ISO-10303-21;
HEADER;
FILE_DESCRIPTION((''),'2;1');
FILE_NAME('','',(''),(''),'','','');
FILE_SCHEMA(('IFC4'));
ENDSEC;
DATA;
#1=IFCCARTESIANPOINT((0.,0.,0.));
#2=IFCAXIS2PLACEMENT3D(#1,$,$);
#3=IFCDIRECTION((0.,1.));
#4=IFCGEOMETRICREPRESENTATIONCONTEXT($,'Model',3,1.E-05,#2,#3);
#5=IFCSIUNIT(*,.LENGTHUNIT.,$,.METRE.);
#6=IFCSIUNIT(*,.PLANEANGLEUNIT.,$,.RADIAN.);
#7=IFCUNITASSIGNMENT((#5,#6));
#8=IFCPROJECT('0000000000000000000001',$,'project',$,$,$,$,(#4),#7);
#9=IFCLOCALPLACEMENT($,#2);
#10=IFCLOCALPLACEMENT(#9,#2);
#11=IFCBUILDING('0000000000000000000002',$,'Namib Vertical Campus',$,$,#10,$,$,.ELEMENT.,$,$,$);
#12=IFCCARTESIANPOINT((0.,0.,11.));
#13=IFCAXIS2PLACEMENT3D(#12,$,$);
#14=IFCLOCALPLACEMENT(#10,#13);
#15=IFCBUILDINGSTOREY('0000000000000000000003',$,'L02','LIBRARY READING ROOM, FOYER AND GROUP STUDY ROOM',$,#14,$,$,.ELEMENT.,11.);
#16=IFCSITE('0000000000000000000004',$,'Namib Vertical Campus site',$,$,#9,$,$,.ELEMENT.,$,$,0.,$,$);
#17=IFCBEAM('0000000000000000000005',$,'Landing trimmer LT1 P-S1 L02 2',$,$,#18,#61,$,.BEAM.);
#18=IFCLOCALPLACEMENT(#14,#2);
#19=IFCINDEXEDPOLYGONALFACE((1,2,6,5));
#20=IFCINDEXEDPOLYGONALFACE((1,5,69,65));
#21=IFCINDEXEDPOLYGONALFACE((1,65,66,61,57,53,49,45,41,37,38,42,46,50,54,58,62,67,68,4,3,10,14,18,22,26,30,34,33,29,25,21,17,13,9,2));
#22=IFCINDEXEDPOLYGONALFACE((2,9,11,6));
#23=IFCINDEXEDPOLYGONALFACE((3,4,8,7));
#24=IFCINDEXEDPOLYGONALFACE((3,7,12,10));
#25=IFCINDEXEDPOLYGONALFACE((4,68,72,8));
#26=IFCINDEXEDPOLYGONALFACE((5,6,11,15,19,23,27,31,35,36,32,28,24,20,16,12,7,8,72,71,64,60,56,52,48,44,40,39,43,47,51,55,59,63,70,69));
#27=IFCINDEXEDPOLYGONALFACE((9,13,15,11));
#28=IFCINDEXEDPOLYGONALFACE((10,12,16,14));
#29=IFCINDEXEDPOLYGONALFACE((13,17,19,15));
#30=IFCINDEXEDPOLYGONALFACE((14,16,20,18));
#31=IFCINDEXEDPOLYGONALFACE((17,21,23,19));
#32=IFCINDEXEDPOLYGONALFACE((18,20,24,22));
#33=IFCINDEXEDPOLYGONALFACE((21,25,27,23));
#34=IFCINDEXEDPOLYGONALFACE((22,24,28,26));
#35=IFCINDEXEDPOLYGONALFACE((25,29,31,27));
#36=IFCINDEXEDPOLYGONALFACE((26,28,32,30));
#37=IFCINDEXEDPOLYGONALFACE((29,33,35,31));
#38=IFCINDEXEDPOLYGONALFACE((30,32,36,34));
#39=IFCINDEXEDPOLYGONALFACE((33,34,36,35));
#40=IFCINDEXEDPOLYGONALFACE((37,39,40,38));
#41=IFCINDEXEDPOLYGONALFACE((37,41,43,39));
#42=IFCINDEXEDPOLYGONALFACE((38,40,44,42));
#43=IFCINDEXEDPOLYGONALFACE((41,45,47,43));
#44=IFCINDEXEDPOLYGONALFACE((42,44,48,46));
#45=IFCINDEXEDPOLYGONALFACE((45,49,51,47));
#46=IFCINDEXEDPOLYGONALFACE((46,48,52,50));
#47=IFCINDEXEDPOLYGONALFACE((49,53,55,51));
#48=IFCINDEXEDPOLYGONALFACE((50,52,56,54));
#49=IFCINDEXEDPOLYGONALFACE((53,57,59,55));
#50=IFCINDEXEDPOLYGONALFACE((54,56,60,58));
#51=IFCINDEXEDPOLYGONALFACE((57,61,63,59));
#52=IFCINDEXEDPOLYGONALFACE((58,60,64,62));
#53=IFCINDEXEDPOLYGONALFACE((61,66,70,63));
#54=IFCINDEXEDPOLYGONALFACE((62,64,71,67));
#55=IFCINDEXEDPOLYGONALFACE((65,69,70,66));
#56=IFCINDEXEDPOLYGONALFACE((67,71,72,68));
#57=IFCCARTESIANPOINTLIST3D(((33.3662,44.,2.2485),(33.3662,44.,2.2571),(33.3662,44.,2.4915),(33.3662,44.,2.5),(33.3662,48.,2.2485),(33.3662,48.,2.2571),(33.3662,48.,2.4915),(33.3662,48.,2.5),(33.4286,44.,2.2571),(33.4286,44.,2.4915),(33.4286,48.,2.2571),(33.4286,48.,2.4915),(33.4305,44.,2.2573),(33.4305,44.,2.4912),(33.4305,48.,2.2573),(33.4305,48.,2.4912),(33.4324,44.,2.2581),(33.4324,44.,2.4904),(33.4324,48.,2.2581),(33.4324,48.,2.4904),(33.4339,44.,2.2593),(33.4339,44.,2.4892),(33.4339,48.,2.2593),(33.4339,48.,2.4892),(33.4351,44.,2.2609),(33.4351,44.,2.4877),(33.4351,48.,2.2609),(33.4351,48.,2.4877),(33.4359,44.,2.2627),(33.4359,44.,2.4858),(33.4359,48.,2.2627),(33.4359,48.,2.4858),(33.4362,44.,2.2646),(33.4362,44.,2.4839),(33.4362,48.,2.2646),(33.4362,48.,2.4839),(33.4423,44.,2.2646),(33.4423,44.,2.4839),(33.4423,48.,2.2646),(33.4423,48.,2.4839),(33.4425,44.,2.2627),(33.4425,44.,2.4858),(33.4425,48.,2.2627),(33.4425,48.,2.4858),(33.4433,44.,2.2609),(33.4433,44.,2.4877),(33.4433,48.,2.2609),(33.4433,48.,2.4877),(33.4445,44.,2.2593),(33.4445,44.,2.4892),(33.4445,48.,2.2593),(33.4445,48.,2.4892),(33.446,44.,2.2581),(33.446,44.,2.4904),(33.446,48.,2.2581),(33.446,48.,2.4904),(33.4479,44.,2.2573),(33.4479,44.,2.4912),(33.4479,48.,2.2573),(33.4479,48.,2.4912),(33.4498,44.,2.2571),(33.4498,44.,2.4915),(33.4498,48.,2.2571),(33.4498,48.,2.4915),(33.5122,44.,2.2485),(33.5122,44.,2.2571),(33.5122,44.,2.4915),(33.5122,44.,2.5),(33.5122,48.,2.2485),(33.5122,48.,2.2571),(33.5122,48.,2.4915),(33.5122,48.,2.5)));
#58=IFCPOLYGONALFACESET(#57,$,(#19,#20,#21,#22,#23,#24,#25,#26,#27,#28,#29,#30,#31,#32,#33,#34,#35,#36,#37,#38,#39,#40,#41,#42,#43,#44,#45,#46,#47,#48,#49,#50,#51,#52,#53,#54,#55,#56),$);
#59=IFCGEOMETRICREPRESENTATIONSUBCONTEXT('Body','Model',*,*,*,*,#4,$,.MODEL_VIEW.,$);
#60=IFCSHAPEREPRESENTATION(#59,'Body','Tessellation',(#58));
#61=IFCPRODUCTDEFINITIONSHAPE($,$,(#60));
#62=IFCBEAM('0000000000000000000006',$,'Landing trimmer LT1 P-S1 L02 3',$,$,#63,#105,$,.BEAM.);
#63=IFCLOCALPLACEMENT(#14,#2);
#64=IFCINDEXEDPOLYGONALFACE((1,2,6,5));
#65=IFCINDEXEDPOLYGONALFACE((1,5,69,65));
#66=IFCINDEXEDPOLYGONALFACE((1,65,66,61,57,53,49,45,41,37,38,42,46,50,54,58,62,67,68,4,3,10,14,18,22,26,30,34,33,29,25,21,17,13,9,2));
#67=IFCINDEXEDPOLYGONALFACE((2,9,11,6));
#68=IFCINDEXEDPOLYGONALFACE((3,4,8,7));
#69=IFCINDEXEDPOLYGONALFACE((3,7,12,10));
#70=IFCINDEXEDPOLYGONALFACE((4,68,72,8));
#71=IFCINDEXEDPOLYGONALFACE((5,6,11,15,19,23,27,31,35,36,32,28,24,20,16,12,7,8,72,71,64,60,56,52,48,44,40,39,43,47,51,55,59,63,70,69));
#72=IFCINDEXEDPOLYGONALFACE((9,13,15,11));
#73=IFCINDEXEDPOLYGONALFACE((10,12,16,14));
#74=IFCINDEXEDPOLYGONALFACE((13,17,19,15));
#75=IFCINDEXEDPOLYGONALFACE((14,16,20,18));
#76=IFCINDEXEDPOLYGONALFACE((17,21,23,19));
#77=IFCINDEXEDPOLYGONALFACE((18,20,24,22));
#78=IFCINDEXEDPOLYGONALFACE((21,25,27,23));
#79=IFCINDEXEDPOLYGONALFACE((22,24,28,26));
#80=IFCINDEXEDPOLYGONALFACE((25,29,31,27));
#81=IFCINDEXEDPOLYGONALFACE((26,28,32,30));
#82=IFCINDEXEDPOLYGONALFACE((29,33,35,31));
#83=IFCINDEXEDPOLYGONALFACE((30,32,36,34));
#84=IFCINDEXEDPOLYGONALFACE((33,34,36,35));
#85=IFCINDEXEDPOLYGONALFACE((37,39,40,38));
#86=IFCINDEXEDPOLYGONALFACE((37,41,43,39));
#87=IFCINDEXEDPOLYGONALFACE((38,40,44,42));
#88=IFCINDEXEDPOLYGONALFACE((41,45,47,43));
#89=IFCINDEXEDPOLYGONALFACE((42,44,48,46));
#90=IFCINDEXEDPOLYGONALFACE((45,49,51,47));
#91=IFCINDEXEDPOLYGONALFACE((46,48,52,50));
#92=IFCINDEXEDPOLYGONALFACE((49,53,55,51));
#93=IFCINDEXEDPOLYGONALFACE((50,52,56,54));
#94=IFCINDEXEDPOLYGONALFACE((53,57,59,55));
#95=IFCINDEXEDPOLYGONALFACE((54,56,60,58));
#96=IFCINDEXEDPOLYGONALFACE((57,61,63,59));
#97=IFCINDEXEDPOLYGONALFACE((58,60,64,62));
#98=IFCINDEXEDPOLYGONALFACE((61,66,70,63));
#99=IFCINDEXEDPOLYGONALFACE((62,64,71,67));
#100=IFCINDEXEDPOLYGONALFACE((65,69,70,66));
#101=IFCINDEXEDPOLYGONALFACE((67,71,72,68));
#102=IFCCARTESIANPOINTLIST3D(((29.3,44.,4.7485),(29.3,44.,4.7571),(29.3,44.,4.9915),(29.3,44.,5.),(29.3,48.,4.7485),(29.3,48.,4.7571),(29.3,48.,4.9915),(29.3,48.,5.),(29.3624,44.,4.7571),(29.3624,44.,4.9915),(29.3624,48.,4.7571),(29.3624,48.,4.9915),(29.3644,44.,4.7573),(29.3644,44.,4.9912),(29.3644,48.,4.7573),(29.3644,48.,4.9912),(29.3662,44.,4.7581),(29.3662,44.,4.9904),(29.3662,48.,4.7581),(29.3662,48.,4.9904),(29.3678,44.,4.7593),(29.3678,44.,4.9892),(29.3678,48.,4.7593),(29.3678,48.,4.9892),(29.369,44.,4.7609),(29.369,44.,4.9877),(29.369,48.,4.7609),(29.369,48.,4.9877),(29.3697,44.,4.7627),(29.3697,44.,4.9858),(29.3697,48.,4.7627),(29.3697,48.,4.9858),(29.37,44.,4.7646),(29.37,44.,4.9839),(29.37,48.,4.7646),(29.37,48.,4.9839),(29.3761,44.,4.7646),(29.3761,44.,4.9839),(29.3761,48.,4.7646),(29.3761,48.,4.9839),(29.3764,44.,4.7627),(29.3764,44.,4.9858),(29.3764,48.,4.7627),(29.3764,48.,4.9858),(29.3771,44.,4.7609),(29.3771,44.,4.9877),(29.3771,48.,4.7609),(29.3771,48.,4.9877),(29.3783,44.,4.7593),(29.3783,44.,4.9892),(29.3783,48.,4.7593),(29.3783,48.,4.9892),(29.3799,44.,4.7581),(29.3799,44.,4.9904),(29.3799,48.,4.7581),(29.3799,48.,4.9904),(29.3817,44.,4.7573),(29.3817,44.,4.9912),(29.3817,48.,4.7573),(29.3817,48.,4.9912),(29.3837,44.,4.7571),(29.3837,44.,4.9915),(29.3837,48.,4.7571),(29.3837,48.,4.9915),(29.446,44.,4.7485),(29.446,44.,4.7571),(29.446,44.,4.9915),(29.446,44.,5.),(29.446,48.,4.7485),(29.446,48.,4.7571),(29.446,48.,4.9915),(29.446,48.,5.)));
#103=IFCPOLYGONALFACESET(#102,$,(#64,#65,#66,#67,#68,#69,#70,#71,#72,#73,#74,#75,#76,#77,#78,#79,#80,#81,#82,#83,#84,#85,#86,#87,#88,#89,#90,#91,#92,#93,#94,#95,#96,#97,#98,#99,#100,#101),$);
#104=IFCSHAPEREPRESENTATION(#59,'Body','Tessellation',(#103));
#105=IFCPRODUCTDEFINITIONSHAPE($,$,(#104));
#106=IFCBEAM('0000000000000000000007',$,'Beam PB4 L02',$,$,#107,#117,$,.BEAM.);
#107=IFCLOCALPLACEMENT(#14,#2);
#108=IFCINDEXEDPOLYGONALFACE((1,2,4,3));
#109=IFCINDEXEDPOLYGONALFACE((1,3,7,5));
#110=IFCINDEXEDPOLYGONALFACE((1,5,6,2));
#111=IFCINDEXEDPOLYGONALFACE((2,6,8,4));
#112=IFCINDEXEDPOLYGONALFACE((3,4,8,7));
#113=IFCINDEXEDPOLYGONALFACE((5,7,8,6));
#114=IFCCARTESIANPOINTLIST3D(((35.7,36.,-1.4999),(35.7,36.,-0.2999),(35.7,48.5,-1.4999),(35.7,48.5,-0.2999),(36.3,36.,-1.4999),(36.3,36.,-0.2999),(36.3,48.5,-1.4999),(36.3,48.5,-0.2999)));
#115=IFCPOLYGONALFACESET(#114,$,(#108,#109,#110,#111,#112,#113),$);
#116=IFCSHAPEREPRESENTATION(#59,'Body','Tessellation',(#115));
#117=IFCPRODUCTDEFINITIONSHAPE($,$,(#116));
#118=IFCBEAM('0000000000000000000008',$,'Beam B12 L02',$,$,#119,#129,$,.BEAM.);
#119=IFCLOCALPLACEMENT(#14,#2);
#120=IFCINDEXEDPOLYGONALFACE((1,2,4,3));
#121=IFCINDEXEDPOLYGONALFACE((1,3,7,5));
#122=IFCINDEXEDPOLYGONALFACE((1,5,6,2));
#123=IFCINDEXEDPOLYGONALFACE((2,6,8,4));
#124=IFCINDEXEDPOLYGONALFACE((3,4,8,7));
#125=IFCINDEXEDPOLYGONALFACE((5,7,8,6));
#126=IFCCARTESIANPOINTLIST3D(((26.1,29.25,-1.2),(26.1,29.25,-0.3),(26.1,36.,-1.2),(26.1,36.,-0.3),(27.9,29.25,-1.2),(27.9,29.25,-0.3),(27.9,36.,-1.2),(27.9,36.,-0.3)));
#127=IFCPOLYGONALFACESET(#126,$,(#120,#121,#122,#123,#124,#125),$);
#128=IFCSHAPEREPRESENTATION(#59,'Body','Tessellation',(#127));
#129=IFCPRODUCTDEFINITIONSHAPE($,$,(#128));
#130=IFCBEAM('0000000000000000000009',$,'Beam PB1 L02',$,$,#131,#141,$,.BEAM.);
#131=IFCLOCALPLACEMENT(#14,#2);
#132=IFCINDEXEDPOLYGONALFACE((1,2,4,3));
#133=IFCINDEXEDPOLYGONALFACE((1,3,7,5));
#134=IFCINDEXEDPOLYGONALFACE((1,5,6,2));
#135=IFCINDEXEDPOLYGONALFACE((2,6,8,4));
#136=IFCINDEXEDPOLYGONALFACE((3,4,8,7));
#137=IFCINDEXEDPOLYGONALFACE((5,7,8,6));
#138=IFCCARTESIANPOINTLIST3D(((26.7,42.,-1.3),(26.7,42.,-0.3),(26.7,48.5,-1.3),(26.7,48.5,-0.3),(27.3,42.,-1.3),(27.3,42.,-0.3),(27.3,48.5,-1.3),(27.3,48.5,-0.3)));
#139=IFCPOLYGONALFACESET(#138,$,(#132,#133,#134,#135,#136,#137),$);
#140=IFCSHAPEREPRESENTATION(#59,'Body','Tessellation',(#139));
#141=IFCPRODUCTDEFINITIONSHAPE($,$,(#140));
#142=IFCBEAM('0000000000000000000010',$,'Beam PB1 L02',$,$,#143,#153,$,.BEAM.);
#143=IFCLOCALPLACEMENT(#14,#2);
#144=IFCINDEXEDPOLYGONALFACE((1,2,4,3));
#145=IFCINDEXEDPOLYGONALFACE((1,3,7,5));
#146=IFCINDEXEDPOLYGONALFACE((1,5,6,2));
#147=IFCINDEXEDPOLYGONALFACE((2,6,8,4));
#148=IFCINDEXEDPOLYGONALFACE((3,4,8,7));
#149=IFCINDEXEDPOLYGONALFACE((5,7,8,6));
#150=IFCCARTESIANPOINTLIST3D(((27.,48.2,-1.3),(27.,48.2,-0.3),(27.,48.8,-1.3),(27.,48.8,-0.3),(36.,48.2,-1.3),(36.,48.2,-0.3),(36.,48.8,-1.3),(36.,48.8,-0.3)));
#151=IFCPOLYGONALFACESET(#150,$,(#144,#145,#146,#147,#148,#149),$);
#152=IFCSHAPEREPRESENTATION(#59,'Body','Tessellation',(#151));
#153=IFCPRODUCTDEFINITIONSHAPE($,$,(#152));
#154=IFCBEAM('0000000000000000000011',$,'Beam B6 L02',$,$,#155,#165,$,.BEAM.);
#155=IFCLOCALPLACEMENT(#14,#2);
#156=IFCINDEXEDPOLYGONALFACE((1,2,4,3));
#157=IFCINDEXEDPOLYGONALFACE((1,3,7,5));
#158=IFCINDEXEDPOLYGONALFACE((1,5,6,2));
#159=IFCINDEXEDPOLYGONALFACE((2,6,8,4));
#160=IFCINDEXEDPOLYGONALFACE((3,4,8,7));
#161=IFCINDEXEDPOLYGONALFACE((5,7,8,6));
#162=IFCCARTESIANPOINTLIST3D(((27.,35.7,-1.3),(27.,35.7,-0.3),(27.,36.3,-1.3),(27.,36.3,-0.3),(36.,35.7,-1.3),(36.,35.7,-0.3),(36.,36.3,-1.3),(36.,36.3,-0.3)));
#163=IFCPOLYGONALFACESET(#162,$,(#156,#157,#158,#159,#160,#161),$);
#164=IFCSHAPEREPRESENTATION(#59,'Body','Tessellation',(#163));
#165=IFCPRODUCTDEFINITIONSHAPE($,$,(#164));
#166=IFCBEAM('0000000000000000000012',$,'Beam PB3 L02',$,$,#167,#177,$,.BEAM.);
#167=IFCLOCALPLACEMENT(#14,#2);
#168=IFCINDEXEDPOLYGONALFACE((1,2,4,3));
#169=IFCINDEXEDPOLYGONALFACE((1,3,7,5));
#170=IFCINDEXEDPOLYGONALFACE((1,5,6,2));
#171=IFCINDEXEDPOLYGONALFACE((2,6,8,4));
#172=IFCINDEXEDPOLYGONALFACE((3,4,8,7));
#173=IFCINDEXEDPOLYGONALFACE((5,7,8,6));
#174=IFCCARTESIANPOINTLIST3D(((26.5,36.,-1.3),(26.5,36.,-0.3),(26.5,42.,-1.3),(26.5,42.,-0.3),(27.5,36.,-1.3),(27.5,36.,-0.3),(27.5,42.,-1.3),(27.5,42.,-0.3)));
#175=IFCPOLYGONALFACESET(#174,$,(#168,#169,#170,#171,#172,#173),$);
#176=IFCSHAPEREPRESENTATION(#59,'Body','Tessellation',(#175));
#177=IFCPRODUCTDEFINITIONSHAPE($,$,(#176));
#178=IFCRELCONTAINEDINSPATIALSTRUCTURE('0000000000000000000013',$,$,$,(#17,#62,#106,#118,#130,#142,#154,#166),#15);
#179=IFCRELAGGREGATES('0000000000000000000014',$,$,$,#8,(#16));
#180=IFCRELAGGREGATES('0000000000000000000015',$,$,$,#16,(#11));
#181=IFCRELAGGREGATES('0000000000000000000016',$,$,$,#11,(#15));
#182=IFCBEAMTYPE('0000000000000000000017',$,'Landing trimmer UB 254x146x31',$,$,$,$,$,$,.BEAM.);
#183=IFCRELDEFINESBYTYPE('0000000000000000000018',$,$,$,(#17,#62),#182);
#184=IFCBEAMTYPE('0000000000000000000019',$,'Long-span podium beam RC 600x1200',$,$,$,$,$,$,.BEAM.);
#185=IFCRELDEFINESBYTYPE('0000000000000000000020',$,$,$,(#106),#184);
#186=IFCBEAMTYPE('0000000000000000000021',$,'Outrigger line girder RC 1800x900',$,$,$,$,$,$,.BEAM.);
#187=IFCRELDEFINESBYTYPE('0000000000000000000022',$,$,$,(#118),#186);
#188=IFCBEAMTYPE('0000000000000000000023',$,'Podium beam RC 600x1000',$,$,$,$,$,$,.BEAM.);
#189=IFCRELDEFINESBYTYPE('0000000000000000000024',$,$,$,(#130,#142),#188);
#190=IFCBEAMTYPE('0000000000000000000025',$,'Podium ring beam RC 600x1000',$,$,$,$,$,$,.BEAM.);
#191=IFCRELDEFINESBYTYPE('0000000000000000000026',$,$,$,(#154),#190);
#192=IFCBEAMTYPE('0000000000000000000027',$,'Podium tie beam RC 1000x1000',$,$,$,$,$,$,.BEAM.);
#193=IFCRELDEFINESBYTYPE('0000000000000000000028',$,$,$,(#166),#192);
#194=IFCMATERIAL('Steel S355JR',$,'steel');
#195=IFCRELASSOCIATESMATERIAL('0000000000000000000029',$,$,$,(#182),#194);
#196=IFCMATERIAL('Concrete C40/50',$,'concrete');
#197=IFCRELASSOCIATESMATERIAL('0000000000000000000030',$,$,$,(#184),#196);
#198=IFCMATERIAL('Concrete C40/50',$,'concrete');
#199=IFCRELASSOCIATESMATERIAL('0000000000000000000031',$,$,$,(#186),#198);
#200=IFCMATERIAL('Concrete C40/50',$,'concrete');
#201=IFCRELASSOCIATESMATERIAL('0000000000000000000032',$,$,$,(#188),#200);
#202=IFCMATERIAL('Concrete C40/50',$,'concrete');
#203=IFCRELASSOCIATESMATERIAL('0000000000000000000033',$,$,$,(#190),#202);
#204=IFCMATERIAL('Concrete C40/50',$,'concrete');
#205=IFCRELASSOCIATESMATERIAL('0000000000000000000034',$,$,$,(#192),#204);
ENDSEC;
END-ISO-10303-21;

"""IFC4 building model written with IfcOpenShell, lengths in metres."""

from ifc_helpers import new_model, si_unit, direction, frame, origin, origin_2d, place, context, subcontext, project, spatial, rectangle, i_section, extrude, material, material_profile, profile_set, type_object, element, save


model = new_model("IFC4")

# Units and contexts
model_context = context("Model", 3, precision=1e-05, world=origin(), true_north=direction((0.0, 1.0)))
body_context = subcontext(model_context, "Body", "Model", "MODEL_VIEW")
ifc_project = project(units=[si_unit("LENGTHUNIT", "METRE"), si_unit("PLANEANGLEUNIT", "RADIAN")], contexts=[model_context])

# Site, building, storey
site_placement = place(None, origin())
site = spatial("IfcSite", under=ifc_project, at=site_placement, Name="Namib Vertical Campus site", CompositionType="ELEMENT", RefElevation=0.0)
building_placement = place(site_placement, origin())
building = spatial("IfcBuilding", under=site, at=building_placement, Name="Namib Vertical Campus", CompositionType="ELEMENT")
storey_placement = place(building_placement, frame((0.0, 0.0, 11.0)))
storey = spatial("IfcBuildingStorey", under=building, at=storey_placement, Name="L02", Description="LIBRARY READING ROOM, FOYER AND GROUP STUDY ROOM", CompositionType="ELEMENT", Elevation=11.0)

# Beams
ifc_material_1 = material(Name="Steel S355JR", Category="steel")
ifc_material_profile_1 = material_profile(ifc_material_1, i_section(OverallWidth=0.146, OverallDepth=0.2515, WebThickness=0.0061, FlangeThickness=0.0085, FilletRadius=0.0076, at=origin_2d()))
ifc_profile_set_1 = profile_set([ifc_material_profile_1], Name="Steel S355JR")
beam_type_1 = type_object("IfcBeamType", Name="Landing trimmer UB 254x146x31", PredefinedType="BEAM", material=ifc_profile_set_1)
for number, where, z_axis, x_axis, name in (
    (1, (33.4392, 44.0, 2.3743), (0.0, 1.0, 0.0), (-1.0, 0.0, 0.0), "Landing trimmer LT1 P-S1 L02 2"),
    (2, (29.373, 44.0, 4.8743), (0.0, 1.0, 0.0), (-1.0, 0.0, 0.0), "Landing trimmer LT1 P-S1 L02 3"),
):
    element("IfcBeam", number, at=place(storey_placement, frame(where, z_axis=z_axis, x_axis=x_axis)), inside=storey, type_object=beam_type_1, Name=name, PredefinedType="BEAM", context=body_context, shape_type="SweptSolid", body=[
        extrude(i_section(OverallWidth=0.146, OverallDepth=0.2515, WebThickness=0.0061, FlangeThickness=0.0085, FilletRadius=0.0076, at=origin_2d()), origin(), (0.0, 0.0, 1.0), 4.0),
    ])
ifc_material_2 = material(Name="Concrete C40/50", Category="concrete")
ifc_material_profile_2 = material_profile(ifc_material_2, rectangle(XDim=0.6001, YDim=1.2, at=origin_2d()))
ifc_profile_set_2 = profile_set([ifc_material_profile_2], Name="Concrete C40/50")
beam_type_2 = type_object("IfcBeamType", Name="Long-span podium beam RC 600x1200", PredefinedType="BEAM", material=ifc_profile_set_2)
beam_1_placement = place(storey_placement, frame((36.0, 36.0, -0.8999), z_axis=(0.0, 1.0, 0.0), x_axis=(-1.0, 0.0, 0.0)))
element("IfcBeam", 3, at=beam_1_placement, inside=storey, type_object=beam_type_2, Name="Beam PB4 L02", PredefinedType="BEAM", context=body_context, shape_type="SweptSolid", body=[
    extrude(rectangle(XDim=0.6001, YDim=1.2, at=origin_2d()), origin(), (0.0, 0.0, 1.0), 12.5),
])
ifc_material_3 = material(Name="Concrete C40/50", Category="concrete")
ifc_material_profile_3 = material_profile(ifc_material_3, rectangle(XDim=1.8, YDim=0.8999, at=origin_2d()))
ifc_profile_set_3 = profile_set([ifc_material_profile_3], Name="Concrete C40/50")
beam_type_3 = type_object("IfcBeamType", Name="Outrigger line girder RC 1800x900", PredefinedType="BEAM", material=ifc_profile_set_3)
beam_2_placement = place(storey_placement, frame((27.0, 36.0, -0.75), z_axis=(0.0, -1.0, 0.0), x_axis=(1.0, 0.0, 0.0)))
element("IfcBeam", 4, at=beam_2_placement, inside=storey, type_object=beam_type_3, Name="Beam B12 L02", PredefinedType="BEAM", context=body_context, shape_type="SweptSolid", body=[
    extrude(rectangle(XDim=1.8, YDim=0.8999, at=origin_2d()), origin(), (0.0, 0.0, 1.0), 6.75),
])
ifc_material_4 = material(Name="Concrete C40/50", Category="concrete")
ifc_material_profile_4 = material_profile(ifc_material_4, rectangle(XDim=0.6001, YDim=1.0, at=origin_2d()))
ifc_profile_set_4 = profile_set([ifc_material_profile_4], Name="Concrete C40/50")
beam_type_4 = type_object("IfcBeamType", Name="Podium beam RC 600x1000", PredefinedType="BEAM", material=ifc_profile_set_4)
beam_3_placement = place(storey_placement, frame((27.0, 42.0, -0.8), z_axis=(0.0, 1.0, 0.0), x_axis=(-1.0, 0.0, 0.0)))
element("IfcBeam", 5, at=beam_3_placement, inside=storey, type_object=beam_type_4, Name="Beam PB1 L02", PredefinedType="BEAM", context=body_context, shape_type="SweptSolid", body=[
    extrude(rectangle(XDim=0.6001, YDim=1.0, at=origin_2d()), origin(), (0.0, 0.0, 1.0), 6.5),
])
beam_4_placement = place(storey_placement, frame((27.0, 48.5, -0.8), z_axis=(1.0, 0.0, 0.0), x_axis=(0.0, 1.0, 0.0)))
element("IfcBeam", 6, at=beam_4_placement, inside=storey, type_object=beam_type_4, Name="Beam PB1 L02", PredefinedType="BEAM", context=body_context, shape_type="SweptSolid", body=[
    extrude(rectangle(XDim=0.6001, YDim=1.0, at=origin_2d()), origin(), (0.0, 0.0, 1.0), 9.0),
])
ifc_material_5 = material(Name="Concrete C40/50", Category="concrete")
ifc_material_profile_5 = material_profile(ifc_material_5, rectangle(XDim=0.6001, YDim=1.0, at=origin_2d()))
ifc_profile_set_5 = profile_set([ifc_material_profile_5], Name="Concrete C40/50")
beam_type_5 = type_object("IfcBeamType", Name="Podium ring beam RC 600x1000", PredefinedType="BEAM", material=ifc_profile_set_5)
beam_5_placement = place(storey_placement, frame((27.0, 36.0, -0.8), z_axis=(1.0, 0.0, 0.0), x_axis=(0.0, 1.0, 0.0)))
element("IfcBeam", 7, at=beam_5_placement, inside=storey, type_object=beam_type_5, Name="Beam B6 L02", PredefinedType="BEAM", context=body_context, shape_type="SweptSolid", body=[
    extrude(rectangle(XDim=0.6001, YDim=1.0, at=origin_2d()), origin(), (0.0, 0.0, 1.0), 9.0),
])
ifc_material_6 = material(Name="Concrete C40/50", Category="concrete")
ifc_material_profile_6 = material_profile(ifc_material_6, rectangle(XDim=1.0, YDim=1.0, at=origin_2d()))
ifc_profile_set_6 = profile_set([ifc_material_profile_6], Name="Concrete C40/50")
beam_type_6 = type_object("IfcBeamType", Name="Podium tie beam RC 1000x1000", PredefinedType="BEAM", material=ifc_profile_set_6)
beam_6_placement = place(storey_placement, frame((27.0, 36.0, -0.8), z_axis=(0.0, 1.0, 0.0), x_axis=(-1.0, 0.0, 0.0)))
element("IfcBeam", 8, at=beam_6_placement, inside=storey, type_object=beam_type_6, Name="Beam PB3 L02", PredefinedType="BEAM", context=body_context, shape_type="SweptSolid", body=[
    extrude(rectangle(XDim=1.0, YDim=1.0, at=origin_2d()), origin(), (0.0, 0.0, 1.0), 6.0),
])

save(model, "model.ifc")
